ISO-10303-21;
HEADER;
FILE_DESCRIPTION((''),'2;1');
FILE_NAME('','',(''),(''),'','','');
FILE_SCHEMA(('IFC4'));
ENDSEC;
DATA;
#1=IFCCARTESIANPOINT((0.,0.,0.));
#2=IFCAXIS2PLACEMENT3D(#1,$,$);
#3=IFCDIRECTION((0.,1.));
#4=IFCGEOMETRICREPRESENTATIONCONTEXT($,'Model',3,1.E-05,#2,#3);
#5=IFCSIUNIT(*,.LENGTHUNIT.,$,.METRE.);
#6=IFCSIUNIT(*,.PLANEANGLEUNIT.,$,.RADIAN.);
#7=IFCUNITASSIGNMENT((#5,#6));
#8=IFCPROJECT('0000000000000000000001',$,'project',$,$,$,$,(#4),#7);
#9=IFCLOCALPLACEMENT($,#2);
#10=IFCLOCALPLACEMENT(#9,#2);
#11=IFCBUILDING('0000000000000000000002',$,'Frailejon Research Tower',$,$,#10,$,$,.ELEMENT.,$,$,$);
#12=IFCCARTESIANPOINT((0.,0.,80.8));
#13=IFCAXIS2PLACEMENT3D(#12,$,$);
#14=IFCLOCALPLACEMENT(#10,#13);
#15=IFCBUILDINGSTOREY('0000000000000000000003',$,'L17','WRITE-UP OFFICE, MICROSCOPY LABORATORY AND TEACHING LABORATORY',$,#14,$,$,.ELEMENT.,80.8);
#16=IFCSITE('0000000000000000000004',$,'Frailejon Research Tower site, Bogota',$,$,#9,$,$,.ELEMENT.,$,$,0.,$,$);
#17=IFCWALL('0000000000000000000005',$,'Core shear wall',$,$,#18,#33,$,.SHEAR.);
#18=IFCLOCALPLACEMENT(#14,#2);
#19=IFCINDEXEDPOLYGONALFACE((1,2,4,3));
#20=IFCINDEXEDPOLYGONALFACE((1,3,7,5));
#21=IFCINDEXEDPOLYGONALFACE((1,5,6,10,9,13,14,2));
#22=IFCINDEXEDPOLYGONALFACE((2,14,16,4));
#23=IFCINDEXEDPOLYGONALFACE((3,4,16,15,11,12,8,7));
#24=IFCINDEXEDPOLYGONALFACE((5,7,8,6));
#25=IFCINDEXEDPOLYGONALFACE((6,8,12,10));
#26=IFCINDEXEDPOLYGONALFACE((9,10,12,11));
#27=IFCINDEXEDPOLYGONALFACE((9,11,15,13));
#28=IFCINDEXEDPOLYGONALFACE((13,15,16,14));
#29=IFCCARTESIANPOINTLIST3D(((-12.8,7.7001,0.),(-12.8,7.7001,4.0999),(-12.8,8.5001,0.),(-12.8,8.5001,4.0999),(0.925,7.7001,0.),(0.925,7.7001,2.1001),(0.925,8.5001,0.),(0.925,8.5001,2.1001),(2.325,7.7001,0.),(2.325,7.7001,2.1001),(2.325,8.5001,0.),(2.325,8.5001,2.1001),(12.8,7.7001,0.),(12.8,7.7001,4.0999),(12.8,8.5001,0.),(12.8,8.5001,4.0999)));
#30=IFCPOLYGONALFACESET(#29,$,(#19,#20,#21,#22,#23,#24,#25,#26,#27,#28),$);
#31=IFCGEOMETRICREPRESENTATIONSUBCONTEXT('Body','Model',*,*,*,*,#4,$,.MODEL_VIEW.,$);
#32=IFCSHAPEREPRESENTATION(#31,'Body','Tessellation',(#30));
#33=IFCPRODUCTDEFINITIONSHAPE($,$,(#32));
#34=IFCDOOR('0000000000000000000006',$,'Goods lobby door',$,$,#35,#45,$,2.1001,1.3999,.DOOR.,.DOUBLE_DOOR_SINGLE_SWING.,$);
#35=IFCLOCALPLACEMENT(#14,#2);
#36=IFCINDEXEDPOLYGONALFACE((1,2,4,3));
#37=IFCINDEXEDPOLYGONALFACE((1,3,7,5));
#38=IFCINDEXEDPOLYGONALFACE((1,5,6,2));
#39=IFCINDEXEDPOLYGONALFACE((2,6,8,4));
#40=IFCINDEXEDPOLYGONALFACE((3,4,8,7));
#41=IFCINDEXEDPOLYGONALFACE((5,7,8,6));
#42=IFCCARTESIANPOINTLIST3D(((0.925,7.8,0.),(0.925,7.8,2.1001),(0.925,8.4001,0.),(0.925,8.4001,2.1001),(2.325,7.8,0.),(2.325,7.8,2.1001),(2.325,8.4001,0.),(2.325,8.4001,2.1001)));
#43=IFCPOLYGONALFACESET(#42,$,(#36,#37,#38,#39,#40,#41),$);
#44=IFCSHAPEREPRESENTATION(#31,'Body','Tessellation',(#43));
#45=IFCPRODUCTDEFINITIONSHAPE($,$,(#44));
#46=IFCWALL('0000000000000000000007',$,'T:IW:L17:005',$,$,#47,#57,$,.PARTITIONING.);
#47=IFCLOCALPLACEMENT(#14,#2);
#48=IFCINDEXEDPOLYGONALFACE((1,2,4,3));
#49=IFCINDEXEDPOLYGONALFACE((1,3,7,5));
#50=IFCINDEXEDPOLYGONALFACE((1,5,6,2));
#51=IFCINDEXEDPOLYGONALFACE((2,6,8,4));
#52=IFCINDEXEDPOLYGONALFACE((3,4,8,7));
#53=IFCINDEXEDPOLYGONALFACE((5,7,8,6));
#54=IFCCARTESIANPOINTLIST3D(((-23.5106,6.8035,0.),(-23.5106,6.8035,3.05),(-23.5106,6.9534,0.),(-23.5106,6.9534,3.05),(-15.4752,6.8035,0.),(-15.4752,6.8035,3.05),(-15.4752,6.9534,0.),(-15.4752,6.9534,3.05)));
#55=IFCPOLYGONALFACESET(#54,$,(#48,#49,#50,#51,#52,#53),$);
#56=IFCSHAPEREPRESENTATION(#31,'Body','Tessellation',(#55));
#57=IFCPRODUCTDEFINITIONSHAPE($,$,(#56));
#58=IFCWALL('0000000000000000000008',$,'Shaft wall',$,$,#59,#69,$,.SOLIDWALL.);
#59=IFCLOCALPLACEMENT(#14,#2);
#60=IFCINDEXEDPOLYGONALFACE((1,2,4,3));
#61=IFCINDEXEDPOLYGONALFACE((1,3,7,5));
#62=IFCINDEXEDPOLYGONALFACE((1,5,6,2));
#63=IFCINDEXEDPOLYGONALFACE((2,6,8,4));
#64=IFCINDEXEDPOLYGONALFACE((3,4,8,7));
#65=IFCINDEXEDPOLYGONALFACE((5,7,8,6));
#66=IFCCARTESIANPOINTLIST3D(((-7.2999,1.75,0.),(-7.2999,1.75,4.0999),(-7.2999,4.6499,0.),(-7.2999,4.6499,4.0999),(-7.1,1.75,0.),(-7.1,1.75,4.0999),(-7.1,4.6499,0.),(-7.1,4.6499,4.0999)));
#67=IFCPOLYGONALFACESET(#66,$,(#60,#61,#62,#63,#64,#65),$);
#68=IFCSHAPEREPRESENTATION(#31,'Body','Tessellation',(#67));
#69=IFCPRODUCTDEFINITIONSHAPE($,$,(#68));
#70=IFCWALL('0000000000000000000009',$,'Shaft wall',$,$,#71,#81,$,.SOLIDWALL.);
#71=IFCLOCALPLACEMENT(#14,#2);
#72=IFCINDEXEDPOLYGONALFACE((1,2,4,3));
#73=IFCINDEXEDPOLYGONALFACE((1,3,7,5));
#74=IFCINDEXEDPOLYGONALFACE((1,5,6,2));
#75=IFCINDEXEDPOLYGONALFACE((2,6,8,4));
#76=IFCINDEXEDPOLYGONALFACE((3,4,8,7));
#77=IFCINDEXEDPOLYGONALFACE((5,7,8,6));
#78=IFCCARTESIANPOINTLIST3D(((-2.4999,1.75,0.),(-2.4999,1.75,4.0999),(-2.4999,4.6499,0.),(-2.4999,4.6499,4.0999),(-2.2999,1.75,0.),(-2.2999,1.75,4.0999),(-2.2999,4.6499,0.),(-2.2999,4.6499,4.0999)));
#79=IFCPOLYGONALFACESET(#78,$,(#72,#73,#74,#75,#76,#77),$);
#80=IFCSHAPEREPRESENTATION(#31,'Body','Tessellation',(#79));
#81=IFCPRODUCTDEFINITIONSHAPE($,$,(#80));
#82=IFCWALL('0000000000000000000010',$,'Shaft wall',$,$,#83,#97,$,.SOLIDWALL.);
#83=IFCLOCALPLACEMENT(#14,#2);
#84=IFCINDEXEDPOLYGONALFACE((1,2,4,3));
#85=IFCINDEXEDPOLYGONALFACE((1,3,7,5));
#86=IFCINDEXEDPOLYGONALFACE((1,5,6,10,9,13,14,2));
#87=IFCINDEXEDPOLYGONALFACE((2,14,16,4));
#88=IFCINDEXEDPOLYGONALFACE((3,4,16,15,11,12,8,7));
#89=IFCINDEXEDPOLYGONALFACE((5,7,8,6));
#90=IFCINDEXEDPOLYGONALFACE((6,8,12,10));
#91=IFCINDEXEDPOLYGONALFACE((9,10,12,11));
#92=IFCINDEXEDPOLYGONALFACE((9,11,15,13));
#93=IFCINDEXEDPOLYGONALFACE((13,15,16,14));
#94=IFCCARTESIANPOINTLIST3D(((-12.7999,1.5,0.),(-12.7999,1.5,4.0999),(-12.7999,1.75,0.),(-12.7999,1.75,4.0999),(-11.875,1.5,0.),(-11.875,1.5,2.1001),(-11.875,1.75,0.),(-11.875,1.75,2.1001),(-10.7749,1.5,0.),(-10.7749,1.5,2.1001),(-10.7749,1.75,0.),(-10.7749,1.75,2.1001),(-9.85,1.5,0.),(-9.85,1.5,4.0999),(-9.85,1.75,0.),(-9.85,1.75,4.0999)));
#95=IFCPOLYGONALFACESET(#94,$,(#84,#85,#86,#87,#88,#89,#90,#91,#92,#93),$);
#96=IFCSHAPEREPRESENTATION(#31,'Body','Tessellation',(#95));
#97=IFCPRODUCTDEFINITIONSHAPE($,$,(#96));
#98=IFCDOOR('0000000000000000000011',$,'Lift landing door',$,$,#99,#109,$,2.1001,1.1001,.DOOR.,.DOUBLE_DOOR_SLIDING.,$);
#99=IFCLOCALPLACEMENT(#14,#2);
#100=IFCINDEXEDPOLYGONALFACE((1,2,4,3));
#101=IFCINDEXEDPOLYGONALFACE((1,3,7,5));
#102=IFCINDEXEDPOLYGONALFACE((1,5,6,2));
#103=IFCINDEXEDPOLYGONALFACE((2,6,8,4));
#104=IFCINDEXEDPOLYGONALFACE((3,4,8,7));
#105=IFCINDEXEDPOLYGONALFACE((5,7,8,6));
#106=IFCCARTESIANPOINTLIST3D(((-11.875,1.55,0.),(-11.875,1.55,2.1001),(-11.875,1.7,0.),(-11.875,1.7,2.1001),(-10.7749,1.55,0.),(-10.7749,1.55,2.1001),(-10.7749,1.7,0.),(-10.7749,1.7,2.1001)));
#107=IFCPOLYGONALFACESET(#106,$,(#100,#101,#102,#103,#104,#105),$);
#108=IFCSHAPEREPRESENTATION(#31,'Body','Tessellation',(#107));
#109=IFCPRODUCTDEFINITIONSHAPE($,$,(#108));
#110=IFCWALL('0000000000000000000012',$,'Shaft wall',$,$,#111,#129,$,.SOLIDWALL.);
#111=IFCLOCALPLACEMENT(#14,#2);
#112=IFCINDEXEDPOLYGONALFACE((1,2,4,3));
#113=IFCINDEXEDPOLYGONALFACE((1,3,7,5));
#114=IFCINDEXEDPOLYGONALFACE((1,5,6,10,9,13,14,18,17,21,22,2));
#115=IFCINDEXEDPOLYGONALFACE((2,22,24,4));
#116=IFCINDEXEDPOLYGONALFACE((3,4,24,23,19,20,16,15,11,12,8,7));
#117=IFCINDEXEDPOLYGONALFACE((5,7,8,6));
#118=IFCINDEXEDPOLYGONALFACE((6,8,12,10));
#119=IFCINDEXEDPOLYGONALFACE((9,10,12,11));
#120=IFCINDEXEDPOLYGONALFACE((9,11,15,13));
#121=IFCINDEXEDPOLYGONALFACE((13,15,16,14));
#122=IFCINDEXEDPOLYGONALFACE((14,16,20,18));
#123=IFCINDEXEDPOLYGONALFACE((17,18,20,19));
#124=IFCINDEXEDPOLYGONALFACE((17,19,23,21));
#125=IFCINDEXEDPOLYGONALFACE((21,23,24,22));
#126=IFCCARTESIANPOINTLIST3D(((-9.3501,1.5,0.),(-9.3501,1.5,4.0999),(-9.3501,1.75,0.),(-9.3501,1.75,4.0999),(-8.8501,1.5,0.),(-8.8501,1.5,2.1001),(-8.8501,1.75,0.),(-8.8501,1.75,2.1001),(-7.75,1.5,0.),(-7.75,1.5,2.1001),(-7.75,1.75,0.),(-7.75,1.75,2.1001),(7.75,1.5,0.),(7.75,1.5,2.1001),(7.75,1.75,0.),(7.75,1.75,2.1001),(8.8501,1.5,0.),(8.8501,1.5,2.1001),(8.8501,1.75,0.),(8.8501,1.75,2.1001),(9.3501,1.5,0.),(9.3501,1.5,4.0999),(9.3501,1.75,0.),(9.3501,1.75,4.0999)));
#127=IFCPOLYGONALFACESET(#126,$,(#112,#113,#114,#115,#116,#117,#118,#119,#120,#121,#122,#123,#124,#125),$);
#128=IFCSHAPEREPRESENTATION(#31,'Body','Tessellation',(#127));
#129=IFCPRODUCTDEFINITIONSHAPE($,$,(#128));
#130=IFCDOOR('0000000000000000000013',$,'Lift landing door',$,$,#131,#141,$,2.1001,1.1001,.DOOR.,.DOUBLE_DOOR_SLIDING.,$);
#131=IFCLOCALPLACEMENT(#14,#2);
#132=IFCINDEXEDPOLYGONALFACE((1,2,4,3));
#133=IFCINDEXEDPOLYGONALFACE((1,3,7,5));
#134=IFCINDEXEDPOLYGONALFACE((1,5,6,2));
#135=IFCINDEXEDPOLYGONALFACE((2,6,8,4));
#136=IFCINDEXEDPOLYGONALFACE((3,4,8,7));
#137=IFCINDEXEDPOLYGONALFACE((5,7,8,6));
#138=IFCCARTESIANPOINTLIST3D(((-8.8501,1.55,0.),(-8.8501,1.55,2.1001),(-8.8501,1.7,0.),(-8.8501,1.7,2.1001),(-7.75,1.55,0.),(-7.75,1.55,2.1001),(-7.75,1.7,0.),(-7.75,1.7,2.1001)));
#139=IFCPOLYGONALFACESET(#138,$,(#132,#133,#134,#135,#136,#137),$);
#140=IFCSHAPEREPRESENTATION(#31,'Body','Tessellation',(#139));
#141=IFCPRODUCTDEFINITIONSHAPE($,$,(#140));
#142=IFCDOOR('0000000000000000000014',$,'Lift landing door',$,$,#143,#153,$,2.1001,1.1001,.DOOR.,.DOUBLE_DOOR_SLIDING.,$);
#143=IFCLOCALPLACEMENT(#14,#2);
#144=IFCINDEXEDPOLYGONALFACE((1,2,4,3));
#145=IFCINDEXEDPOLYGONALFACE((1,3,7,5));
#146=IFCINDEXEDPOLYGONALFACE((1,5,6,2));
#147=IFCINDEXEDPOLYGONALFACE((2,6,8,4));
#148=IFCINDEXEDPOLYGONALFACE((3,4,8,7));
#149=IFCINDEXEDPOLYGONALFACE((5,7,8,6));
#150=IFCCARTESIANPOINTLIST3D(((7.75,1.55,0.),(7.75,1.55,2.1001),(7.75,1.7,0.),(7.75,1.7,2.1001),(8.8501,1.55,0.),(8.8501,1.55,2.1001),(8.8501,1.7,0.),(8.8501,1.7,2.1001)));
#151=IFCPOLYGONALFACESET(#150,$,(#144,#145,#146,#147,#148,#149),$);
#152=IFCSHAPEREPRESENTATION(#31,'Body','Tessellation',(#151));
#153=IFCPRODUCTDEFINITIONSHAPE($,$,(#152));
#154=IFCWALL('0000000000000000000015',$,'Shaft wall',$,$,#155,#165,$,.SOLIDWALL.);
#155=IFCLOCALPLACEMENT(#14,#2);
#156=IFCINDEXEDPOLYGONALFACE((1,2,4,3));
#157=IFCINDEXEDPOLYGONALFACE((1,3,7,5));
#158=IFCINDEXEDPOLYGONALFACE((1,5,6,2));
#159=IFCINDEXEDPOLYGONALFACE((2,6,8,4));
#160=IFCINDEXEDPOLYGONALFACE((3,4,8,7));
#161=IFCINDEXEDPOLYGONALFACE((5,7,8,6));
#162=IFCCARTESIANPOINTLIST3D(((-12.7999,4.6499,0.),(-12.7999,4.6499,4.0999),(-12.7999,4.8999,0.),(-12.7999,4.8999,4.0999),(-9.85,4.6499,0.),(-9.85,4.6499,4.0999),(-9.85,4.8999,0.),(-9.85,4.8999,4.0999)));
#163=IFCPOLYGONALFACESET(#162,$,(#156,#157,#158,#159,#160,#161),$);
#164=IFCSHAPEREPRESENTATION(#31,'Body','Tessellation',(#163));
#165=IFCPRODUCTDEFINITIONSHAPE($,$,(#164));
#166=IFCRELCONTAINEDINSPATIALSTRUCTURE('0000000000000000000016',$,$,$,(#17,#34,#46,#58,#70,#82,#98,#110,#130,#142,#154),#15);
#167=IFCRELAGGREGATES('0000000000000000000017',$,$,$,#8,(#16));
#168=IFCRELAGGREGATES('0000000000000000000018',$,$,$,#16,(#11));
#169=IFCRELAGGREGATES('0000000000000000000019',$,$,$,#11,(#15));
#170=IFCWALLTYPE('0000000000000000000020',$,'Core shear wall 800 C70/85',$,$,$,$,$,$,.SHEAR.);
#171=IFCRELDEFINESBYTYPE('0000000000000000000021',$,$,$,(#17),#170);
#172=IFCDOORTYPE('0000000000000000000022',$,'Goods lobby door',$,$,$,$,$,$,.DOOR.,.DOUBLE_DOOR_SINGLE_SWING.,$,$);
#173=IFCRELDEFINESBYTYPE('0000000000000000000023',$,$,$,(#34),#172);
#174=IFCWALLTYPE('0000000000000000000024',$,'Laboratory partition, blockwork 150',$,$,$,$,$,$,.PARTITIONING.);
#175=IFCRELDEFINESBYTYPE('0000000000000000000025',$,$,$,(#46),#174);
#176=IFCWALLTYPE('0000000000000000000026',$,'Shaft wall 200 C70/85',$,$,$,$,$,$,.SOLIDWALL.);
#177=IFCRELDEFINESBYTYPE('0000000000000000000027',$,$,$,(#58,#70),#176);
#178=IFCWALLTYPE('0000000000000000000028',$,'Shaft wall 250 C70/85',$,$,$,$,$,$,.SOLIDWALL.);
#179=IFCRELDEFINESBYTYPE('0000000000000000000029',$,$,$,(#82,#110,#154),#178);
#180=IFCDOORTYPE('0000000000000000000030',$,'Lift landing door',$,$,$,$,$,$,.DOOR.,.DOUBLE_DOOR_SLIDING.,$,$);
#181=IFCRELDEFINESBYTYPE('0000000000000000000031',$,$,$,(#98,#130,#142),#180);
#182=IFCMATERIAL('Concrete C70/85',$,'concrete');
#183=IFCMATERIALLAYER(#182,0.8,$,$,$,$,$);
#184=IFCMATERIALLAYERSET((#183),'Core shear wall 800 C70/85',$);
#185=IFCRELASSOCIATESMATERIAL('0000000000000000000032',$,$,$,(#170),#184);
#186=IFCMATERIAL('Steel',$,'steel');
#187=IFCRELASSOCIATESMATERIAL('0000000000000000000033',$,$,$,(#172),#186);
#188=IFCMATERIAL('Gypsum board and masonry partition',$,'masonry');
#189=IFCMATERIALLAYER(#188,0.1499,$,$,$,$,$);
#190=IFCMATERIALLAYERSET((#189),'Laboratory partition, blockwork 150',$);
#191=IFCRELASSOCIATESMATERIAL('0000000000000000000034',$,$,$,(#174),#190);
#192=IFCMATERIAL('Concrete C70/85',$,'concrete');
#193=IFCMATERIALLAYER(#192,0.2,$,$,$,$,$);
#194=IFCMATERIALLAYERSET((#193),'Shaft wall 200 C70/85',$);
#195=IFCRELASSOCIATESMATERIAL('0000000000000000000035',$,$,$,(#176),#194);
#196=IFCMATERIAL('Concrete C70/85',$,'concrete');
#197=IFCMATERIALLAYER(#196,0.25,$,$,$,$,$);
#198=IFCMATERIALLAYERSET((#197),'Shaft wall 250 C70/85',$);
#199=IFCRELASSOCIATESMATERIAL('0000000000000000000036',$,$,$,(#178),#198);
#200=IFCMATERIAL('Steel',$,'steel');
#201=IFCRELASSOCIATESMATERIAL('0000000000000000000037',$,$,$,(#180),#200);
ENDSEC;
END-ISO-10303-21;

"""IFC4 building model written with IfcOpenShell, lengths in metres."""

from ifc_helpers import new_model, si_unit, direction, frame, frame_2d, origin, place, context, subcontext, project, spatial, rectangle, extrude, material, layer, layer_set, type_object, element, fill, save


model = new_model("IFC4")

# Units and contexts
model_context = context("Model", 3, precision=1e-05, world=origin(), true_north=direction((0.0, 1.0)))
body_context = subcontext(model_context, "Body", "Model", "MODEL_VIEW")
ifc_project = project(units=[si_unit("LENGTHUNIT", "METRE"), si_unit("PLANEANGLEUNIT", "RADIAN")], contexts=[model_context])

# Site, building, storey
site_placement = place(None, origin())
site = spatial("IfcSite", under=ifc_project, at=site_placement, Name="Frailejon Research Tower site, Bogota", CompositionType="ELEMENT", RefElevation=0.0)
building_placement = place(site_placement, origin())
building = spatial("IfcBuilding", under=site, at=building_placement, Name="Frailejon Research Tower", CompositionType="ELEMENT")
storey_placement = place(building_placement, frame((0.0, 0.0, 80.8)))
storey = spatial("IfcBuildingStorey", under=building, at=storey_placement, Name="L17", Description="WRITE-UP OFFICE, MICROSCOPY LABORATORY AND TEACHING LABORATORY", CompositionType="ELEMENT", Elevation=80.8)

# Shared definitions
ifc_material_1 = material(Name="Concrete C70/85", Category="concrete")
ifc_layer_1 = layer(ifc_material_1, 0.8)
ifc_layer_set_1 = layer_set([ifc_layer_1], Name="Core shear wall 800 C70/85")
wall_type_1 = type_object("IfcWallType", Name="Core shear wall 800 C70/85", PredefinedType="SHEAR", material=ifc_layer_set_1)
ifc_material_2 = material(Name="Steel", Category="steel")
door_type_1 = type_object("IfcDoorType", Name="Goods lobby door", OperationType="DOUBLE_DOOR_SINGLE_SWING", PredefinedType="DOOR", material=ifc_material_2)

# Wall, opening, door
wall_1_placement = place(storey_placement, frame((-12.8, 8.1001, 0.0), z_axis=(0.0, 0.0, 1.0), x_axis=(1.0, 0.0, 0.0)))
wall_1 = element("IfcWall", 1, at=wall_1_placement, inside=storey, type_object=wall_type_1, Name="Core shear wall", PredefinedType="SHEAR", context=body_context, shape_type="SweptSolid", body=[
    extrude(rectangle(XDim=25.6001, YDim=0.8, at=frame_2d((12.8, 0.0))), origin(), (0.0, 0.0, 1.0), 4.0999),
])
opening_1_placement = place(wall_1_placement, frame((13.7251, 0.0, 0.0)))
opening_1 = element("IfcOpeningElement", 2, at=opening_1_placement, cuts=wall_1, PredefinedType="OPENING", context=body_context, shape_type="SweptSolid", body=[
    extrude(rectangle(XDim=1.3999, YDim=2.1001, at=frame_2d((0.7, 1.05))), frame((0.0, 0.4099, 0.0), z_axis=(0.0, -1.0, 0.0), x_axis=(1.0, 0.0, 0.0)), (0.0, 0.0, 1.0), 0.8201),
])
door_1_placement = place(opening_1_placement, origin())
door_1 = element("IfcDoor", 3, at=door_1_placement, inside=storey, type_object=door_type_1, Name="Goods lobby door", OperationType="DOUBLE_DOOR_SINGLE_SWING", OverallHeight=2.1001, OverallWidth=1.3999, PredefinedType="DOOR", context=body_context, shape_type="SweptSolid", body=[
    extrude(rectangle(XDim=1.3999, YDim=2.1001, at=frame_2d((0.7, 1.05))), frame((0.0, 0.3, 0.0), z_axis=(0.0, -1.0, 0.0), x_axis=(1.0, 0.0, 0.0)), (0.0, 0.0, 1.0), 0.6001),
])
fill(opening_1, door_1)

# Walls
ifc_material_3 = material(Name="Gypsum board and masonry partition", Category="masonry")
ifc_layer_2 = layer(ifc_material_3, 0.1499)
ifc_layer_set_2 = layer_set([ifc_layer_2], Name="Laboratory partition, blockwork 150")
wall_type_2 = type_object("IfcWallType", Name="Laboratory partition, blockwork 150", PredefinedType="PARTITIONING", material=ifc_layer_set_2)
wall_2_placement = place(storey_placement, frame((-23.5105, 6.8784, 0.0), z_axis=(0.0, 0.0, 1.0), x_axis=(1.0, 0.0, 0.0)))
element("IfcWall", 4, at=wall_2_placement, inside=storey, type_object=wall_type_2, Name="T:IW:L17:005", PredefinedType="PARTITIONING", context=body_context, shape_type="SweptSolid", body=[
    extrude(rectangle(XDim=8.0354, YDim=0.1499, at=frame_2d((4.0176, 0.0))), origin(), (0.0, 0.0, 1.0), 3.05),
])
ifc_material_4 = material(Name="Concrete C70/85", Category="concrete")
ifc_layer_3 = layer(ifc_material_4, 0.2)
ifc_layer_set_3 = layer_set([ifc_layer_3], Name="Shaft wall 200 C70/85")
wall_type_3 = type_object("IfcWallType", Name="Shaft wall 200 C70/85", PredefinedType="SOLIDWALL", material=ifc_layer_set_3)
for number, where, z_axis, x_axis, name in (
    (5, (-7.2, 1.75, 0.0), (0.0, 0.0, 1.0), (0.0, 1.0, 0.0), "Shaft wall"),
    (6, (-2.3999, 1.75, 0.0), (0.0, 0.0, 1.0), (0.0, 1.0, 0.0), "Shaft wall"),
):
    element("IfcWall", number, at=place(storey_placement, frame(where, z_axis=z_axis, x_axis=x_axis)), inside=storey, type_object=wall_type_3, Name=name, PredefinedType="SOLIDWALL", context=body_context, shape_type="SweptSolid", body=[
        extrude(rectangle(XDim=2.8999, YDim=0.2, at=frame_2d((1.45, 0.0))), origin(), (0.0, 0.0, 1.0), 4.0999),
    ])

# Wall, opening, door
ifc_material_5 = material(Name="Concrete C70/85", Category="concrete")
ifc_layer_4 = layer(ifc_material_5, 0.25)
ifc_layer_set_4 = layer_set([ifc_layer_4], Name="Shaft wall 250 C70/85")
wall_type_4 = type_object("IfcWallType", Name="Shaft wall 250 C70/85", PredefinedType="SOLIDWALL", material=ifc_layer_set_4)
wall_3_placement = place(storey_placement, frame((-12.8, 1.625, 0.0), z_axis=(0.0, 0.0, 1.0), x_axis=(1.0, 0.0, 0.0)))
wall_3 = element("IfcWall", 7, at=wall_3_placement, inside=storey, type_object=wall_type_4, Name="Shaft wall", PredefinedType="SOLIDWALL", context=body_context, shape_type="SweptSolid", body=[
    extrude(rectangle(XDim=2.95, YDim=0.25, at=frame_2d((1.4751, 0.0))), origin(), (0.0, 0.0, 1.0), 4.0999),
])
opening_2_placement = place(wall_3_placement, frame((0.925, 0.0, 0.0)))
opening_2 = element("IfcOpeningElement", 8, at=opening_2_placement, cuts=wall_3, PredefinedType="OPENING", context=body_context, shape_type="SweptSolid", body=[
    extrude(rectangle(XDim=1.1001, YDim=2.1001, at=frame_2d((0.55, 1.05))), frame((0.0, 0.135, 0.0), z_axis=(0.0, -1.0, 0.0), x_axis=(1.0, 0.0, 0.0)), (0.0, 0.0, 1.0), 0.27),
])
ifc_material_6 = material(Name="Steel", Category="steel")
door_type_2 = type_object("IfcDoorType", Name="Lift landing door", OperationType="DOUBLE_DOOR_SLIDING", PredefinedType="DOOR", material=ifc_material_6)
door_2_placement = place(opening_2_placement, origin())
door_2 = element("IfcDoor", 9, at=door_2_placement, inside=storey, type_object=door_type_2, Name="Lift landing door", OperationType="DOUBLE_DOOR_SLIDING", OverallHeight=2.1001, OverallWidth=1.1001, PredefinedType="DOOR", context=body_context, shape_type="SweptSolid", body=[
    extrude(rectangle(XDim=1.1001, YDim=2.1001, at=frame_2d((0.55, 1.05))), frame((0.0, 0.075, 0.0), z_axis=(0.0, -1.0, 0.0), x_axis=(1.0, 0.0, 0.0)), (0.0, 0.0, 1.0), 0.1499),
])
fill(opening_2, door_2)

# Wall, openings, doors
wall_4_placement = place(storey_placement, frame((-9.3501, 1.625, 0.0), z_axis=(0.0, 0.0, 1.0), x_axis=(1.0, 0.0, 0.0)))
wall_4 = element("IfcWall", 10, at=wall_4_placement, inside=storey, type_object=wall_type_4, Name="Shaft wall", PredefinedType="SOLIDWALL", context=body_context, shape_type="SweptSolid", body=[
    extrude(rectangle(XDim=18.7002, YDim=0.25, at=frame_2d((9.3501, 0.0))), origin(), (0.0, 0.0, 1.0), 4.0999),
])
opening_3_placement = place(wall_4_placement, frame((0.5, 0.0, 0.0)))
opening_3 = element("IfcOpeningElement", 11, at=opening_3_placement, cuts=wall_4, PredefinedType="OPENING", context=body_context, shape_type="SweptSolid", body=[
    extrude(rectangle(XDim=1.1001, YDim=2.1001, at=frame_2d((0.55, 1.05))), frame((0.0, 0.135, 0.0), z_axis=(0.0, -1.0, 0.0), x_axis=(1.0, 0.0, 0.0)), (0.0, 0.0, 1.0), 0.27),
])
opening_4_placement = place(wall_4_placement, frame((17.1001, 0.0, 0.0)))
opening_4 = element("IfcOpeningElement", 12, at=opening_4_placement, cuts=wall_4, PredefinedType="OPENING", context=body_context, shape_type="SweptSolid", body=[
    extrude(rectangle(XDim=1.1001, YDim=2.1001, at=frame_2d((0.55, 1.05))), frame((0.0, 0.135, 0.0), z_axis=(0.0, -1.0, 0.0), x_axis=(1.0, 0.0, 0.0)), (0.0, 0.0, 1.0), 0.27),
])
door_3_placement = place(opening_3_placement, origin())
door_3 = element("IfcDoor", 13, at=door_3_placement, inside=storey, type_object=door_type_2, Name="Lift landing door", OperationType="DOUBLE_DOOR_SLIDING", OverallHeight=2.1001, OverallWidth=1.1001, PredefinedType="DOOR", context=body_context, shape_type="SweptSolid", body=[
    extrude(rectangle(XDim=1.1001, YDim=2.1001, at=frame_2d((0.55, 1.05))), frame((0.0, 0.075, 0.0), z_axis=(0.0, -1.0, 0.0), x_axis=(1.0, 0.0, 0.0)), (0.0, 0.0, 1.0), 0.1499),
])
fill(opening_3, door_3)
door_4_placement = place(opening_4_placement, origin())
door_4 = element("IfcDoor", 14, at=door_4_placement, inside=storey, type_object=door_type_2, Name="Lift landing door", OperationType="DOUBLE_DOOR_SLIDING", OverallHeight=2.1001, OverallWidth=1.1001, PredefinedType="DOOR", context=body_context, shape_type="SweptSolid", body=[
    extrude(rectangle(XDim=1.1001, YDim=2.1001, at=frame_2d((0.55, 1.05))), frame((0.0, 0.075, 0.0), z_axis=(0.0, -1.0, 0.0), x_axis=(1.0, 0.0, 0.0)), (0.0, 0.0, 1.0), 0.1499),
])
fill(opening_4, door_4)

# Wall
wall_5_placement = place(storey_placement, frame((-12.8, 4.7749, 0.0), z_axis=(0.0, 0.0, 1.0), x_axis=(1.0, 0.0, 0.0)))
element("IfcWall", 15, at=wall_5_placement, inside=storey, type_object=wall_type_4, Name="Shaft wall", PredefinedType="SOLIDWALL", context=body_context, shape_type="SweptSolid", body=[
    extrude(rectangle(XDim=2.95, YDim=0.25, at=frame_2d((1.4751, 0.0))), origin(), (0.0, 0.0, 1.0), 4.0999),
])

save(model, "model.ifc")
